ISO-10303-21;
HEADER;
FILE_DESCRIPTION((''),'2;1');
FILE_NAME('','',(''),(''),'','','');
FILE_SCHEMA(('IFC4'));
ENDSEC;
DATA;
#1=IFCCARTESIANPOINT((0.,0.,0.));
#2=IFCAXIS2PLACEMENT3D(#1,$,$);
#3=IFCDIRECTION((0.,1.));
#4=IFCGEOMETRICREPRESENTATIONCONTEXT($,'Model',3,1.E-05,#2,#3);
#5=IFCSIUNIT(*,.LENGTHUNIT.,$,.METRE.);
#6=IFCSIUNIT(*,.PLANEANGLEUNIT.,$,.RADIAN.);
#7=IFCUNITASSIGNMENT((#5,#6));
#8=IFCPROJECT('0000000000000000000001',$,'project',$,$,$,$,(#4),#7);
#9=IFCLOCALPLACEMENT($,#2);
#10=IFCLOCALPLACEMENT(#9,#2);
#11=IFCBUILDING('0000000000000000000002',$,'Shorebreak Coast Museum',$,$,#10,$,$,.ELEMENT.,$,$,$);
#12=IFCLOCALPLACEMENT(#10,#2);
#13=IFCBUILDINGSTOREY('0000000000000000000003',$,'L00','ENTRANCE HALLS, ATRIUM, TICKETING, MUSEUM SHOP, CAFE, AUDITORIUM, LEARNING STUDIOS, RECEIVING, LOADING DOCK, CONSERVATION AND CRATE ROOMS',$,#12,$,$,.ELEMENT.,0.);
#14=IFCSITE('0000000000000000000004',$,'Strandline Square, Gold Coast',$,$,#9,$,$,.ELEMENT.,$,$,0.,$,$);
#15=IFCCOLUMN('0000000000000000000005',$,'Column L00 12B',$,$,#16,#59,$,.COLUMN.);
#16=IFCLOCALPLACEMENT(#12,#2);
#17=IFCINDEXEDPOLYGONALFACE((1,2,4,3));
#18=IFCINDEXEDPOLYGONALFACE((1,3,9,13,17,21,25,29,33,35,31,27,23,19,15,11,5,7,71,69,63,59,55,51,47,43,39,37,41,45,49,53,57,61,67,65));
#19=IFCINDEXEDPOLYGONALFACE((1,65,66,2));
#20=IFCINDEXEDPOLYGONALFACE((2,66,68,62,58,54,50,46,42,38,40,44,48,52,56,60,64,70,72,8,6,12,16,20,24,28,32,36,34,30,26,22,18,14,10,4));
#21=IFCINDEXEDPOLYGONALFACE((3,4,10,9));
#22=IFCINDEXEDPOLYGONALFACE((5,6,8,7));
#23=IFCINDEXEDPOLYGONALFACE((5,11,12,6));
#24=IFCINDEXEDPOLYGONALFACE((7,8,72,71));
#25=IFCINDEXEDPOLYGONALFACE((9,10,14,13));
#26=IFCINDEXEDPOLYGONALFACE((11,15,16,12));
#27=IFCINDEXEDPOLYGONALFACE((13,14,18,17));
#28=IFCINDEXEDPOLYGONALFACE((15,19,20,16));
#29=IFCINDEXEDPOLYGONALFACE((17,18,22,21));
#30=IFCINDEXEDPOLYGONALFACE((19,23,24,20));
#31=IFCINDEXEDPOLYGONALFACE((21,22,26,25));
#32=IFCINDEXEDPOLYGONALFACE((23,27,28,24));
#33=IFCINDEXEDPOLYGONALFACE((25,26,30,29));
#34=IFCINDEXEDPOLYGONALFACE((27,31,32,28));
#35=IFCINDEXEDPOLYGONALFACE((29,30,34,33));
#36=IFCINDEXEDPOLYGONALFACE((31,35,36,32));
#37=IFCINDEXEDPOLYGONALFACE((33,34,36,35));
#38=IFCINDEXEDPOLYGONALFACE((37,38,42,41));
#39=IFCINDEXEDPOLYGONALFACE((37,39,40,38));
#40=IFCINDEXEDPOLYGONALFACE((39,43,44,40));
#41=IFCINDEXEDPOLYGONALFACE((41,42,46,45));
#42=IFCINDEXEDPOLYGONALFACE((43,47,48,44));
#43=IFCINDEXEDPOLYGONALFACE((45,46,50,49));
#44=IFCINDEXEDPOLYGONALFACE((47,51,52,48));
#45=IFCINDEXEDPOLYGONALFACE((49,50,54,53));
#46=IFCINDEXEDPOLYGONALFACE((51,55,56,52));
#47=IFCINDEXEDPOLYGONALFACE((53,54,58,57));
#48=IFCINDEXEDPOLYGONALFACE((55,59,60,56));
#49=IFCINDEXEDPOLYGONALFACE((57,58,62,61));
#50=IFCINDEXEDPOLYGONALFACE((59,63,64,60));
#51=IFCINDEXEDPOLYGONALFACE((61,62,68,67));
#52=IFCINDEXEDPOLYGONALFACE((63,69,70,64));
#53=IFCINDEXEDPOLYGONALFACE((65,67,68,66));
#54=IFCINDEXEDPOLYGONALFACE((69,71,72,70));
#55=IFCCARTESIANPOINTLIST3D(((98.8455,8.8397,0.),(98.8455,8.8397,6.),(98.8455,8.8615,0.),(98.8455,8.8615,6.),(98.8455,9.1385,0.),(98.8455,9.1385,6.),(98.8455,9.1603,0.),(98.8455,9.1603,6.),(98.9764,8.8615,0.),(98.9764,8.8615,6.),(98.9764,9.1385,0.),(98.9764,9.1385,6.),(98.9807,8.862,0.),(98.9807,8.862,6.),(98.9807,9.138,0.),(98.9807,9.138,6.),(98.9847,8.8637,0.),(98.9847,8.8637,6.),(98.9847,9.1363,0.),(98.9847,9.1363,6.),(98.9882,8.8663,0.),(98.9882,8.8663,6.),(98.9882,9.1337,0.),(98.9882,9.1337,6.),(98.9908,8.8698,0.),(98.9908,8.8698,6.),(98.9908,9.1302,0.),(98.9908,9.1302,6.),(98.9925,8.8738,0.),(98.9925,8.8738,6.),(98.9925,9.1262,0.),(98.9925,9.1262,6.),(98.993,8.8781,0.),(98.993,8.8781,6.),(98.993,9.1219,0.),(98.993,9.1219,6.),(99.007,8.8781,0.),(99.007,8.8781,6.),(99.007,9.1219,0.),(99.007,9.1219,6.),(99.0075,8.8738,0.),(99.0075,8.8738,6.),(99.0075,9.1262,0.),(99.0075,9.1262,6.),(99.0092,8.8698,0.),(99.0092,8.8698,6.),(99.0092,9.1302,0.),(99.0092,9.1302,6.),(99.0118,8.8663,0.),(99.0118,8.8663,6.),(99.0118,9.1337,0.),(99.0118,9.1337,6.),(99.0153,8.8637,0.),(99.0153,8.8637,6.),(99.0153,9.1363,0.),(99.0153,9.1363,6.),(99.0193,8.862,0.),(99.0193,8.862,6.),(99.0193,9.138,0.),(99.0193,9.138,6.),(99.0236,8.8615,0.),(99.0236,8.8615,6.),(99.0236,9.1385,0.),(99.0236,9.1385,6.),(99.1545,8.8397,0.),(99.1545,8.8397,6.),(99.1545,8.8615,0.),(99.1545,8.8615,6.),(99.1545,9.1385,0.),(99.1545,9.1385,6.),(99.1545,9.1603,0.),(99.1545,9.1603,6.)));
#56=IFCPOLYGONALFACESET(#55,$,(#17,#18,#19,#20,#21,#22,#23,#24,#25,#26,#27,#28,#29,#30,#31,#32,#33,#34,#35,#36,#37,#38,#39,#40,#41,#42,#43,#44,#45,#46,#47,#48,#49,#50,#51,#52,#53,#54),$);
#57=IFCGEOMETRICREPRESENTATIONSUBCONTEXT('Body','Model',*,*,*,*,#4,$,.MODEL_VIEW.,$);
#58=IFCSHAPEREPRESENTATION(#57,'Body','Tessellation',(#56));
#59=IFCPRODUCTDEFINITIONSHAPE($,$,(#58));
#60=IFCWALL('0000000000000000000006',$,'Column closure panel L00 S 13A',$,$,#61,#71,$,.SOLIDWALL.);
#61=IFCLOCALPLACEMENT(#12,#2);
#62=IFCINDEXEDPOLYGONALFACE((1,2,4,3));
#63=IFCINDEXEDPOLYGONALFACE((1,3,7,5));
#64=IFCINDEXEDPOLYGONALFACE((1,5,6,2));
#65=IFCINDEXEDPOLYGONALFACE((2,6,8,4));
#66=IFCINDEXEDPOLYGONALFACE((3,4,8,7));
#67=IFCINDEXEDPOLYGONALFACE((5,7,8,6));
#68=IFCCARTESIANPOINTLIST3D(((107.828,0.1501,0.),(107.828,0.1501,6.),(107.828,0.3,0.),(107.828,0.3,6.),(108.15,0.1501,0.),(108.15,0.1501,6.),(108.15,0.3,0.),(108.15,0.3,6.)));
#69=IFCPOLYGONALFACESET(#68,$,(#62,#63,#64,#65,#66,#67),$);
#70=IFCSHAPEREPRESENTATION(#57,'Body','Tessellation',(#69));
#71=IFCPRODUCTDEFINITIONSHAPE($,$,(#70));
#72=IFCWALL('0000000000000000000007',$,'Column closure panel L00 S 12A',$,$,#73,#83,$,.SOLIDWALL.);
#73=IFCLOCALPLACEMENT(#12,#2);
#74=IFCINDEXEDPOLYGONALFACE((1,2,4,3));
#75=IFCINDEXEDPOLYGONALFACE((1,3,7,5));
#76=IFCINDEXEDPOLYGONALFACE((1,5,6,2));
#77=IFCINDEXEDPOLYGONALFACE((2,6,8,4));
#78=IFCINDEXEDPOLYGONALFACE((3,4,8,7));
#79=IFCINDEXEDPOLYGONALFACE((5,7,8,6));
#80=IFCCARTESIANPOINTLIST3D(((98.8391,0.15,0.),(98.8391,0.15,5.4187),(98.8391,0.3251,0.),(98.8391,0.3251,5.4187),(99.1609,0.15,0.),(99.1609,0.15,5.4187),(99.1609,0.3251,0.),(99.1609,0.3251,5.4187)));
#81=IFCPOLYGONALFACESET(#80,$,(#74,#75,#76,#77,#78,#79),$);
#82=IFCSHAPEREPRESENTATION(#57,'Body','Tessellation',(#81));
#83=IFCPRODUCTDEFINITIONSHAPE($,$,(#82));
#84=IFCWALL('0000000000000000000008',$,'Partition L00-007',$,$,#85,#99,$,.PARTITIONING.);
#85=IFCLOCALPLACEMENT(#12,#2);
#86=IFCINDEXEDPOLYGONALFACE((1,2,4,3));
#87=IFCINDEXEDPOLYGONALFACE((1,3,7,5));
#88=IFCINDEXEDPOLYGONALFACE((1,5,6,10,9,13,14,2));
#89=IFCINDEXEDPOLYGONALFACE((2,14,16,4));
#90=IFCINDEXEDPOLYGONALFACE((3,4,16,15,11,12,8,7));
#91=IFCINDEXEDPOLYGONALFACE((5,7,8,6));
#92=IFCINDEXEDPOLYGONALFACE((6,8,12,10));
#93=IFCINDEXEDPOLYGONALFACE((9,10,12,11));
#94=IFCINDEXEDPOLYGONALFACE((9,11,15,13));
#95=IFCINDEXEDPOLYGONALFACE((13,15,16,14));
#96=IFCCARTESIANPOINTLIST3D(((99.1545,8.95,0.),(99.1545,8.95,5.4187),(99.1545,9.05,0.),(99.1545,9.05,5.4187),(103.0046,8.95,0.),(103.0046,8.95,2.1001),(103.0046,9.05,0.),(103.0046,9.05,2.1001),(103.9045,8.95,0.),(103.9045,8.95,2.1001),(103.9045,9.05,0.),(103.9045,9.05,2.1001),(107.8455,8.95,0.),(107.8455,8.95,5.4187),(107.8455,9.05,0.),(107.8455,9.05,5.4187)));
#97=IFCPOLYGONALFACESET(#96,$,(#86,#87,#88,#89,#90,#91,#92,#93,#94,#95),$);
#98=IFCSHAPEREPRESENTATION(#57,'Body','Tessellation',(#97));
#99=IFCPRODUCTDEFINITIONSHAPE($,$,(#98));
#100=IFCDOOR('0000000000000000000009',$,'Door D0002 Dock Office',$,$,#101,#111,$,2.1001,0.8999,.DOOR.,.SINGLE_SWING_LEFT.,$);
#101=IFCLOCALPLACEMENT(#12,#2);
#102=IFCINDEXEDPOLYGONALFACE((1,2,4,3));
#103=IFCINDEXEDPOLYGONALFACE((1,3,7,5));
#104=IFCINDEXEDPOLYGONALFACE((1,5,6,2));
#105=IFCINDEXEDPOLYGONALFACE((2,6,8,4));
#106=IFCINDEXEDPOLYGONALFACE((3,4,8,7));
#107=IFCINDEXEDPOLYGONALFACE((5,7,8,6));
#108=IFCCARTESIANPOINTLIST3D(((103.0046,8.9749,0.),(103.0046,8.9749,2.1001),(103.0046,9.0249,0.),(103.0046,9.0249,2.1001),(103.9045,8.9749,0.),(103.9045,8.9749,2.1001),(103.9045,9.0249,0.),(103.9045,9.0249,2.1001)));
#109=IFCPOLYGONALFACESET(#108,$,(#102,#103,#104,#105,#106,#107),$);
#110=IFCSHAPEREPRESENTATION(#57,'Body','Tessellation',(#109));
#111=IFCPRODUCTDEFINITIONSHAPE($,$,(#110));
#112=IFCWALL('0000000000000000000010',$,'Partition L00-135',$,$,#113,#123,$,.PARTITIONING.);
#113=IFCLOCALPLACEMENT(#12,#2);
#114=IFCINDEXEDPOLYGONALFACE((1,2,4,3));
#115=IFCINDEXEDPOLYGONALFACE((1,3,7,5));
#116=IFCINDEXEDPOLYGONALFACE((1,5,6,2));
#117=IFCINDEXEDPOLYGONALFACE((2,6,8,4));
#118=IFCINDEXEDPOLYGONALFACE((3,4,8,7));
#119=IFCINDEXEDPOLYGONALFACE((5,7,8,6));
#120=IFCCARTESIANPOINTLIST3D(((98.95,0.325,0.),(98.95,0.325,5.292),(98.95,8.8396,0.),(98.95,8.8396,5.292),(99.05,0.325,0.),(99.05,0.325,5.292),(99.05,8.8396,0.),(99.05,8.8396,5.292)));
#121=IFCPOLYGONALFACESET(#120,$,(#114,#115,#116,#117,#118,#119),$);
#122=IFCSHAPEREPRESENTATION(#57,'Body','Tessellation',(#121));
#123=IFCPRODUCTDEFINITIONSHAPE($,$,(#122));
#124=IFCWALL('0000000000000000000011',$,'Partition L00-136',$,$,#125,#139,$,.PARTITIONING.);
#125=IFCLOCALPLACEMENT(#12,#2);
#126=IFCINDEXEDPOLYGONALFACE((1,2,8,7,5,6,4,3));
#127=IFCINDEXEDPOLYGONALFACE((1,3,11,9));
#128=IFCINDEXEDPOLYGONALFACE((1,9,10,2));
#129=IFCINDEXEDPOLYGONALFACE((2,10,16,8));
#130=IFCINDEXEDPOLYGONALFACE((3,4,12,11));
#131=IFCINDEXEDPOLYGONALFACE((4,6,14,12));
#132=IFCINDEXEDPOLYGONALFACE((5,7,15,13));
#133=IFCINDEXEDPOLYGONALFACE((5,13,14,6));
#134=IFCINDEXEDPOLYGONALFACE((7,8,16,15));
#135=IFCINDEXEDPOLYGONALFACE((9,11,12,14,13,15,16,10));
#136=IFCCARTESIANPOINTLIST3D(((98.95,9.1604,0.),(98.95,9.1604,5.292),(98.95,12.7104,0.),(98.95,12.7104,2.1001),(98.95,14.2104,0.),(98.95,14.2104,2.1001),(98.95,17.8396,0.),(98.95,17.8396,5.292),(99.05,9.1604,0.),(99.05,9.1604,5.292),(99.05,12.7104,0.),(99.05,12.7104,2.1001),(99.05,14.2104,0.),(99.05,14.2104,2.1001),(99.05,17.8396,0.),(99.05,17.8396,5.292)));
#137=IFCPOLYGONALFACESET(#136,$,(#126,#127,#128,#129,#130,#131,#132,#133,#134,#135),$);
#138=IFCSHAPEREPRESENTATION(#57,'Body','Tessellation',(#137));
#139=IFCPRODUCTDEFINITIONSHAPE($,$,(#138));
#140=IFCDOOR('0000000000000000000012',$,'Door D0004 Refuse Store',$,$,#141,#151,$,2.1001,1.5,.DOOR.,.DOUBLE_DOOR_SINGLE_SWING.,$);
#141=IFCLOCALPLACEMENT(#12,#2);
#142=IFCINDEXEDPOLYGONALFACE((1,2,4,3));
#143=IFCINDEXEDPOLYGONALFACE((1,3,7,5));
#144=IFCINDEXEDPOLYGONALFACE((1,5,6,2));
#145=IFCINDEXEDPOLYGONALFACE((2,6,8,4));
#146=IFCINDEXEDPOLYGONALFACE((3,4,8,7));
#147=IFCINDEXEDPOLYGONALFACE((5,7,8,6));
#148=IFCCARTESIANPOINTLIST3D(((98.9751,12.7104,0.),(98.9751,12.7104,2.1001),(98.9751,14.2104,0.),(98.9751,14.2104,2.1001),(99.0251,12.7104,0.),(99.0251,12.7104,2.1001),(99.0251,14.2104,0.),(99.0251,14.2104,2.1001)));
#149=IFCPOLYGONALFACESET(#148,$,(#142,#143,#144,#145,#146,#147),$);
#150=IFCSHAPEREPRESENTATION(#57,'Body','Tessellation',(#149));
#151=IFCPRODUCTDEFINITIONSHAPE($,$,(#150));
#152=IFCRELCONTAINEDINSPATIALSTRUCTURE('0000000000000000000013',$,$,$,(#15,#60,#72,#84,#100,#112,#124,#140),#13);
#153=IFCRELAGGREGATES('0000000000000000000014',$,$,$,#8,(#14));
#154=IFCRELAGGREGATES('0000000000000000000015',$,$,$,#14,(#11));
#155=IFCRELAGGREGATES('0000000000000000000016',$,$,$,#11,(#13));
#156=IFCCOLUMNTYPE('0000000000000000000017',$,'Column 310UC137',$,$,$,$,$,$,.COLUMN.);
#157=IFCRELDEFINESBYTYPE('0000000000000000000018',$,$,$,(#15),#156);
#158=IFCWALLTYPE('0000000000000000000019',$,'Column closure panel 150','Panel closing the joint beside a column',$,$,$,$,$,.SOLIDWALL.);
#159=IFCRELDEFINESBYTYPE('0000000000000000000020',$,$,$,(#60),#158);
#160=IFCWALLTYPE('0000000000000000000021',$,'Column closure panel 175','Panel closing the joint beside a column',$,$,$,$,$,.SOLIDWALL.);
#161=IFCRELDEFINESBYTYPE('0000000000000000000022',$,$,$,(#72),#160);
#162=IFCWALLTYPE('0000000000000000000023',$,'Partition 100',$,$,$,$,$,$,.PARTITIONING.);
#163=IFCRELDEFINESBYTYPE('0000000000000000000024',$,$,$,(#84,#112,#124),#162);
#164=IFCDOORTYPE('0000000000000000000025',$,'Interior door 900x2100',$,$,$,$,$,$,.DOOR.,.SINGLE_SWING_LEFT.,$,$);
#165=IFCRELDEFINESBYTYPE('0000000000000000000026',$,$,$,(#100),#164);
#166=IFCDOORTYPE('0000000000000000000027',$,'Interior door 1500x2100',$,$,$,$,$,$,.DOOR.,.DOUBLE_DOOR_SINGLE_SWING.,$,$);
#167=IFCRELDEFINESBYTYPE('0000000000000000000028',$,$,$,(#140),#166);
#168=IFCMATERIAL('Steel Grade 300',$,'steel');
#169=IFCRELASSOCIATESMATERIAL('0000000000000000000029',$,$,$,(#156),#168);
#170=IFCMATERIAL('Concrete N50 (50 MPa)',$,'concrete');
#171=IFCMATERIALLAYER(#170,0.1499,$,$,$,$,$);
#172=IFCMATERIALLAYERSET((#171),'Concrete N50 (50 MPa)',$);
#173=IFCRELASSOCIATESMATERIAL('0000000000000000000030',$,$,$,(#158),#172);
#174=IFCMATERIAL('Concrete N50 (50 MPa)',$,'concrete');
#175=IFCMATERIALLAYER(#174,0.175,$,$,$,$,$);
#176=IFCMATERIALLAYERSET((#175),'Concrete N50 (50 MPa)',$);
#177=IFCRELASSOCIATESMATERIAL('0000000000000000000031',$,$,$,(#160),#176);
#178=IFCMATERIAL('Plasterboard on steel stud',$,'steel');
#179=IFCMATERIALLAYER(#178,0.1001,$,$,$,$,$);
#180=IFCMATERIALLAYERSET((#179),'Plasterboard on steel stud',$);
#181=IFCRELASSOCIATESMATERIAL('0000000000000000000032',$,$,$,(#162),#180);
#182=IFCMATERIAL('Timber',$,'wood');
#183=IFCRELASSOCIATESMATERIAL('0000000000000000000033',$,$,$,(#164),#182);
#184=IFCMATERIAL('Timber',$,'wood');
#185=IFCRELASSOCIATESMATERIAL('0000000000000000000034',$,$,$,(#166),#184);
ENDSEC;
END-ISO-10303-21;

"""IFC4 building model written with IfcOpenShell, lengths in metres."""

from ifc_helpers import new_model, si_unit, direction, frame, frame_2d, origin, origin_2d, place, context, subcontext, project, spatial, rectangle, i_section, extrude, material, layer, layer_set, material_profile, profile_set, type_object, element, fill, save


model = new_model("IFC4")

# Units and contexts
model_context = context("Model", 3, precision=1e-05, world=origin(), true_north=direction((0.0, 1.0)))
body_context = subcontext(model_context, "Body", "Model", "MODEL_VIEW")
ifc_project = project(units=[si_unit("LENGTHUNIT", "METRE"), si_unit("PLANEANGLEUNIT", "RADIAN")], contexts=[model_context])

# Site, building, storey
site_placement = place(None, origin())
site = spatial("IfcSite", under=ifc_project, at=site_placement, Name="Strandline Square, Gold Coast", CompositionType="ELEMENT", RefElevation=0.0)
building_placement = place(site_placement, origin())
building = spatial("IfcBuilding", under=site, at=building_placement, Name="Shorebreak Coast Museum", CompositionType="ELEMENT")
storey_placement = place(building_placement, origin())
storey = spatial("IfcBuildingStorey", under=building, at=storey_placement, Name="L00", Description="ENTRANCE HALLS, ATRIUM, TICKETING, MUSEUM SHOP, CAFE, AUDITORIUM, LEARNING STUDIOS, RECEIVING, LOADING DOCK, CONSERVATION AND CRATE ROOMS", CompositionType="ELEMENT", Elevation=0.0)

# Column
ifc_material_1 = material(Name="Steel Grade 300", Category="steel")
ifc_material_profile_1 = material_profile(ifc_material_1, i_section(OverallWidth=0.3091, OverallDepth=0.3206, WebThickness=0.0139, FlangeThickness=0.0217, FilletRadius=0.0166, at=origin_2d()), Name="310UC137")
ifc_profile_set_1 = profile_set([ifc_material_profile_1], Name="Steel Grade 300")
column_type_1 = type_object("IfcColumnType", Name="Column 310UC137", PredefinedType="COLUMN", material=ifc_profile_set_1)
column_placement = place(storey_placement, frame((99.0, 9.0, 0.0), z_axis=(0.0, 0.0, 1.0), x_axis=(1.0, 0.0, 0.0)))
element("IfcColumn", 1, at=column_placement, inside=storey, type_object=column_type_1, Name="Column L00 12B", PredefinedType="COLUMN", context=body_context, shape_type="SweptSolid", body=[
    extrude(i_section(OverallWidth=0.3091, OverallDepth=0.3206, WebThickness=0.0139, FlangeThickness=0.0217, FilletRadius=0.0166, at=origin_2d()), origin(), (0.0, 0.0, 1.0), 6.0),
])

# Walls
ifc_material_2 = material(Name="Concrete N50 (50 MPa)", Category="concrete")
ifc_layer_1 = layer(ifc_material_2, 0.1499)
ifc_layer_set_1 = layer_set([ifc_layer_1], Name="Concrete N50 (50 MPa)")
wall_type_1 = type_object("IfcWallType", Name="Column closure panel 150", Description="Panel closing the joint beside a column", PredefinedType="SOLIDWALL", material=ifc_layer_set_1)
wall_1_placement = place(storey_placement, frame((107.8279, 0.2251, 0.0), z_axis=(0.0, 0.0, 1.0), x_axis=(1.0, 0.0, 0.0)))
element("IfcWall", 2, at=wall_1_placement, inside=storey, type_object=wall_type_1, Name="Column closure panel L00 S 13A", PredefinedType="SOLIDWALL", context=body_context, shape_type="SweptSolid", body=[
    extrude(rectangle(XDim=0.322, YDim=0.1499, at=frame_2d((0.1611, 0.0))), origin(), (0.0, 0.0, 1.0), 6.0),
])
ifc_material_3 = material(Name="Concrete N50 (50 MPa)", Category="concrete")
ifc_layer_2 = layer(ifc_material_3, 0.175)
ifc_layer_set_2 = layer_set([ifc_layer_2], Name="Concrete N50 (50 MPa)")
wall_type_2 = type_object("IfcWallType", Name="Column closure panel 175", Description="Panel closing the joint beside a column", PredefinedType="SOLIDWALL", material=ifc_layer_set_2)
wall_2_placement = place(storey_placement, frame((98.8391, 0.2375, 0.0), z_axis=(0.0, 0.0, 1.0), x_axis=(1.0, 0.0, 0.0)))
element("IfcWall", 3, at=wall_2_placement, inside=storey, type_object=wall_type_2, Name="Column closure panel L00 S 12A", PredefinedType="SOLIDWALL", context=body_context, shape_type="SweptSolid", body=[
    extrude(rectangle(XDim=0.3218, YDim=0.175, at=frame_2d((0.1609, 0.0))), origin(), (0.0, 0.0, 1.0), 5.4187),
])

# Wall, opening, door
ifc_material_4 = material(Name="Plasterboard on steel stud", Category="steel")
ifc_layer_3 = layer(ifc_material_4, 0.1001)
ifc_layer_set_3 = layer_set([ifc_layer_3], Name="Plasterboard on steel stud")
wall_type_3 = type_object("IfcWallType", Name="Partition 100", PredefinedType="PARTITIONING", material=ifc_layer_set_3)
wall_3_placement = place(storey_placement, frame((99.1545, 9.0, 0.0), z_axis=(0.0, 0.0, 1.0), x_axis=(1.0, 0.0, 0.0)))
wall_3 = element("IfcWall", 4, at=wall_3_placement, inside=storey, type_object=wall_type_3, Name="Partition L00-007", PredefinedType="PARTITIONING", context=body_context, shape_type="SweptSolid", body=[
    extrude(rectangle(XDim=8.6909, YDim=0.1001, at=frame_2d((4.3455, 0.0))), origin(), (0.0, 0.0, 1.0), 5.4187),
])
opening_1_placement = place(wall_3_placement, frame((3.8501, 0.0, 0.0)))
opening_1 = element("IfcOpeningElement", 5, at=opening_1_placement, cuts=wall_3, PredefinedType="OPENING", context=body_context, shape_type="SweptSolid", body=[
    extrude(rectangle(XDim=0.8999, YDim=2.1001, at=frame_2d((0.45, 1.05))), frame((0.0, 0.0601, 0.0), z_axis=(0.0, -1.0, 0.0), x_axis=(1.0, 0.0, 0.0)), (0.0, 0.0, 1.0), 0.1201),
])
ifc_material_5 = material(Name="Timber", Category="wood")
door_type_1 = type_object("IfcDoorType", Name="Interior door 900x2100", OperationType="SINGLE_SWING_LEFT", PredefinedType="DOOR", material=ifc_material_5)
door_1_placement = place(opening_1_placement, origin())
door_1 = element("IfcDoor", 6, at=door_1_placement, inside=storey, type_object=door_type_1, Name="Door D0002 Dock Office", OperationType="SINGLE_SWING_LEFT", OverallHeight=2.1001, OverallWidth=0.8999, PredefinedType="DOOR", context=body_context, shape_type="SweptSolid", body=[
    extrude(rectangle(XDim=0.8999, YDim=2.1001, at=frame_2d((0.45, 1.05))), frame((0.0, 0.0249, 0.0), z_axis=(0.0, -1.0, 0.0), x_axis=(1.0, 0.0, 0.0)), (0.0, 0.0, 1.0), 0.05),
])
fill(opening_1, door_1)

# Wall
wall_4_placement = place(storey_placement, frame((99.0, 0.325, 0.0), z_axis=(0.0, 0.0, 1.0), x_axis=(0.0, 1.0, 0.0)))
element("IfcWall", 7, at=wall_4_placement, inside=storey, type_object=wall_type_3, Name="Partition L00-135", PredefinedType="PARTITIONING", context=body_context, shape_type="SweptSolid", body=[
    extrude(rectangle(XDim=8.5146, YDim=0.1001, at=frame_2d((4.2573, 0.0))), origin(), (0.0, 0.0, 1.0), 5.292),
])

# Wall, opening, door
wall_5_placement = place(storey_placement, frame((99.0, 9.1604, 0.0), z_axis=(0.0, 0.0, 1.0), x_axis=(0.0, 1.0, 0.0)))
wall_5 = element("IfcWall", 8, at=wall_5_placement, inside=storey, type_object=wall_type_3, Name="Partition L00-136", PredefinedType="PARTITIONING", context=body_context, shape_type="SweptSolid", body=[
    extrude(rectangle(XDim=8.6792, YDim=0.1001, at=frame_2d((4.3396, 0.0))), origin(), (0.0, 0.0, 1.0), 5.292),
])
opening_2_placement = place(wall_5_placement, frame((3.55, 0.0, 0.0)))
opening_2 = element("IfcOpeningElement", 9, at=opening_2_placement, cuts=wall_5, PredefinedType="OPENING", context=body_context, shape_type="SweptSolid", body=[
    extrude(rectangle(XDim=1.5, YDim=2.1001, at=frame_2d((0.75, 1.05))), frame((0.0, 0.0601, 0.0), z_axis=(0.0, -1.0, 0.0), x_axis=(1.0, 0.0, 0.0)), (0.0, 0.0, 1.0), 0.1201),
])
ifc_material_6 = material(Name="Timber", Category="wood")
door_type_2 = type_object("IfcDoorType", Name="Interior door 1500x2100", OperationType="DOUBLE_DOOR_SINGLE_SWING", PredefinedType="DOOR", material=ifc_material_6)
door_2_placement = place(opening_2_placement, origin())
door_2 = element("IfcDoor", 10, at=door_2_placement, inside=storey, type_object=door_type_2, Name="Door D0004 Refuse Store", OperationType="DOUBLE_DOOR_SINGLE_SWING", OverallHeight=2.1001, OverallWidth=1.5, PredefinedType="DOOR", context=body_context, shape_type="SweptSolid", body=[
    extrude(rectangle(XDim=1.5, YDim=2.1001, at=frame_2d((0.75, 1.05))), frame((0.0, 0.0249, 0.0), z_axis=(0.0, -1.0, 0.0), x_axis=(1.0, 0.0, 0.0)), (0.0, 0.0, 1.0), 0.05),
])
fill(opening_2, door_2)

save(model, "model.ifc")
